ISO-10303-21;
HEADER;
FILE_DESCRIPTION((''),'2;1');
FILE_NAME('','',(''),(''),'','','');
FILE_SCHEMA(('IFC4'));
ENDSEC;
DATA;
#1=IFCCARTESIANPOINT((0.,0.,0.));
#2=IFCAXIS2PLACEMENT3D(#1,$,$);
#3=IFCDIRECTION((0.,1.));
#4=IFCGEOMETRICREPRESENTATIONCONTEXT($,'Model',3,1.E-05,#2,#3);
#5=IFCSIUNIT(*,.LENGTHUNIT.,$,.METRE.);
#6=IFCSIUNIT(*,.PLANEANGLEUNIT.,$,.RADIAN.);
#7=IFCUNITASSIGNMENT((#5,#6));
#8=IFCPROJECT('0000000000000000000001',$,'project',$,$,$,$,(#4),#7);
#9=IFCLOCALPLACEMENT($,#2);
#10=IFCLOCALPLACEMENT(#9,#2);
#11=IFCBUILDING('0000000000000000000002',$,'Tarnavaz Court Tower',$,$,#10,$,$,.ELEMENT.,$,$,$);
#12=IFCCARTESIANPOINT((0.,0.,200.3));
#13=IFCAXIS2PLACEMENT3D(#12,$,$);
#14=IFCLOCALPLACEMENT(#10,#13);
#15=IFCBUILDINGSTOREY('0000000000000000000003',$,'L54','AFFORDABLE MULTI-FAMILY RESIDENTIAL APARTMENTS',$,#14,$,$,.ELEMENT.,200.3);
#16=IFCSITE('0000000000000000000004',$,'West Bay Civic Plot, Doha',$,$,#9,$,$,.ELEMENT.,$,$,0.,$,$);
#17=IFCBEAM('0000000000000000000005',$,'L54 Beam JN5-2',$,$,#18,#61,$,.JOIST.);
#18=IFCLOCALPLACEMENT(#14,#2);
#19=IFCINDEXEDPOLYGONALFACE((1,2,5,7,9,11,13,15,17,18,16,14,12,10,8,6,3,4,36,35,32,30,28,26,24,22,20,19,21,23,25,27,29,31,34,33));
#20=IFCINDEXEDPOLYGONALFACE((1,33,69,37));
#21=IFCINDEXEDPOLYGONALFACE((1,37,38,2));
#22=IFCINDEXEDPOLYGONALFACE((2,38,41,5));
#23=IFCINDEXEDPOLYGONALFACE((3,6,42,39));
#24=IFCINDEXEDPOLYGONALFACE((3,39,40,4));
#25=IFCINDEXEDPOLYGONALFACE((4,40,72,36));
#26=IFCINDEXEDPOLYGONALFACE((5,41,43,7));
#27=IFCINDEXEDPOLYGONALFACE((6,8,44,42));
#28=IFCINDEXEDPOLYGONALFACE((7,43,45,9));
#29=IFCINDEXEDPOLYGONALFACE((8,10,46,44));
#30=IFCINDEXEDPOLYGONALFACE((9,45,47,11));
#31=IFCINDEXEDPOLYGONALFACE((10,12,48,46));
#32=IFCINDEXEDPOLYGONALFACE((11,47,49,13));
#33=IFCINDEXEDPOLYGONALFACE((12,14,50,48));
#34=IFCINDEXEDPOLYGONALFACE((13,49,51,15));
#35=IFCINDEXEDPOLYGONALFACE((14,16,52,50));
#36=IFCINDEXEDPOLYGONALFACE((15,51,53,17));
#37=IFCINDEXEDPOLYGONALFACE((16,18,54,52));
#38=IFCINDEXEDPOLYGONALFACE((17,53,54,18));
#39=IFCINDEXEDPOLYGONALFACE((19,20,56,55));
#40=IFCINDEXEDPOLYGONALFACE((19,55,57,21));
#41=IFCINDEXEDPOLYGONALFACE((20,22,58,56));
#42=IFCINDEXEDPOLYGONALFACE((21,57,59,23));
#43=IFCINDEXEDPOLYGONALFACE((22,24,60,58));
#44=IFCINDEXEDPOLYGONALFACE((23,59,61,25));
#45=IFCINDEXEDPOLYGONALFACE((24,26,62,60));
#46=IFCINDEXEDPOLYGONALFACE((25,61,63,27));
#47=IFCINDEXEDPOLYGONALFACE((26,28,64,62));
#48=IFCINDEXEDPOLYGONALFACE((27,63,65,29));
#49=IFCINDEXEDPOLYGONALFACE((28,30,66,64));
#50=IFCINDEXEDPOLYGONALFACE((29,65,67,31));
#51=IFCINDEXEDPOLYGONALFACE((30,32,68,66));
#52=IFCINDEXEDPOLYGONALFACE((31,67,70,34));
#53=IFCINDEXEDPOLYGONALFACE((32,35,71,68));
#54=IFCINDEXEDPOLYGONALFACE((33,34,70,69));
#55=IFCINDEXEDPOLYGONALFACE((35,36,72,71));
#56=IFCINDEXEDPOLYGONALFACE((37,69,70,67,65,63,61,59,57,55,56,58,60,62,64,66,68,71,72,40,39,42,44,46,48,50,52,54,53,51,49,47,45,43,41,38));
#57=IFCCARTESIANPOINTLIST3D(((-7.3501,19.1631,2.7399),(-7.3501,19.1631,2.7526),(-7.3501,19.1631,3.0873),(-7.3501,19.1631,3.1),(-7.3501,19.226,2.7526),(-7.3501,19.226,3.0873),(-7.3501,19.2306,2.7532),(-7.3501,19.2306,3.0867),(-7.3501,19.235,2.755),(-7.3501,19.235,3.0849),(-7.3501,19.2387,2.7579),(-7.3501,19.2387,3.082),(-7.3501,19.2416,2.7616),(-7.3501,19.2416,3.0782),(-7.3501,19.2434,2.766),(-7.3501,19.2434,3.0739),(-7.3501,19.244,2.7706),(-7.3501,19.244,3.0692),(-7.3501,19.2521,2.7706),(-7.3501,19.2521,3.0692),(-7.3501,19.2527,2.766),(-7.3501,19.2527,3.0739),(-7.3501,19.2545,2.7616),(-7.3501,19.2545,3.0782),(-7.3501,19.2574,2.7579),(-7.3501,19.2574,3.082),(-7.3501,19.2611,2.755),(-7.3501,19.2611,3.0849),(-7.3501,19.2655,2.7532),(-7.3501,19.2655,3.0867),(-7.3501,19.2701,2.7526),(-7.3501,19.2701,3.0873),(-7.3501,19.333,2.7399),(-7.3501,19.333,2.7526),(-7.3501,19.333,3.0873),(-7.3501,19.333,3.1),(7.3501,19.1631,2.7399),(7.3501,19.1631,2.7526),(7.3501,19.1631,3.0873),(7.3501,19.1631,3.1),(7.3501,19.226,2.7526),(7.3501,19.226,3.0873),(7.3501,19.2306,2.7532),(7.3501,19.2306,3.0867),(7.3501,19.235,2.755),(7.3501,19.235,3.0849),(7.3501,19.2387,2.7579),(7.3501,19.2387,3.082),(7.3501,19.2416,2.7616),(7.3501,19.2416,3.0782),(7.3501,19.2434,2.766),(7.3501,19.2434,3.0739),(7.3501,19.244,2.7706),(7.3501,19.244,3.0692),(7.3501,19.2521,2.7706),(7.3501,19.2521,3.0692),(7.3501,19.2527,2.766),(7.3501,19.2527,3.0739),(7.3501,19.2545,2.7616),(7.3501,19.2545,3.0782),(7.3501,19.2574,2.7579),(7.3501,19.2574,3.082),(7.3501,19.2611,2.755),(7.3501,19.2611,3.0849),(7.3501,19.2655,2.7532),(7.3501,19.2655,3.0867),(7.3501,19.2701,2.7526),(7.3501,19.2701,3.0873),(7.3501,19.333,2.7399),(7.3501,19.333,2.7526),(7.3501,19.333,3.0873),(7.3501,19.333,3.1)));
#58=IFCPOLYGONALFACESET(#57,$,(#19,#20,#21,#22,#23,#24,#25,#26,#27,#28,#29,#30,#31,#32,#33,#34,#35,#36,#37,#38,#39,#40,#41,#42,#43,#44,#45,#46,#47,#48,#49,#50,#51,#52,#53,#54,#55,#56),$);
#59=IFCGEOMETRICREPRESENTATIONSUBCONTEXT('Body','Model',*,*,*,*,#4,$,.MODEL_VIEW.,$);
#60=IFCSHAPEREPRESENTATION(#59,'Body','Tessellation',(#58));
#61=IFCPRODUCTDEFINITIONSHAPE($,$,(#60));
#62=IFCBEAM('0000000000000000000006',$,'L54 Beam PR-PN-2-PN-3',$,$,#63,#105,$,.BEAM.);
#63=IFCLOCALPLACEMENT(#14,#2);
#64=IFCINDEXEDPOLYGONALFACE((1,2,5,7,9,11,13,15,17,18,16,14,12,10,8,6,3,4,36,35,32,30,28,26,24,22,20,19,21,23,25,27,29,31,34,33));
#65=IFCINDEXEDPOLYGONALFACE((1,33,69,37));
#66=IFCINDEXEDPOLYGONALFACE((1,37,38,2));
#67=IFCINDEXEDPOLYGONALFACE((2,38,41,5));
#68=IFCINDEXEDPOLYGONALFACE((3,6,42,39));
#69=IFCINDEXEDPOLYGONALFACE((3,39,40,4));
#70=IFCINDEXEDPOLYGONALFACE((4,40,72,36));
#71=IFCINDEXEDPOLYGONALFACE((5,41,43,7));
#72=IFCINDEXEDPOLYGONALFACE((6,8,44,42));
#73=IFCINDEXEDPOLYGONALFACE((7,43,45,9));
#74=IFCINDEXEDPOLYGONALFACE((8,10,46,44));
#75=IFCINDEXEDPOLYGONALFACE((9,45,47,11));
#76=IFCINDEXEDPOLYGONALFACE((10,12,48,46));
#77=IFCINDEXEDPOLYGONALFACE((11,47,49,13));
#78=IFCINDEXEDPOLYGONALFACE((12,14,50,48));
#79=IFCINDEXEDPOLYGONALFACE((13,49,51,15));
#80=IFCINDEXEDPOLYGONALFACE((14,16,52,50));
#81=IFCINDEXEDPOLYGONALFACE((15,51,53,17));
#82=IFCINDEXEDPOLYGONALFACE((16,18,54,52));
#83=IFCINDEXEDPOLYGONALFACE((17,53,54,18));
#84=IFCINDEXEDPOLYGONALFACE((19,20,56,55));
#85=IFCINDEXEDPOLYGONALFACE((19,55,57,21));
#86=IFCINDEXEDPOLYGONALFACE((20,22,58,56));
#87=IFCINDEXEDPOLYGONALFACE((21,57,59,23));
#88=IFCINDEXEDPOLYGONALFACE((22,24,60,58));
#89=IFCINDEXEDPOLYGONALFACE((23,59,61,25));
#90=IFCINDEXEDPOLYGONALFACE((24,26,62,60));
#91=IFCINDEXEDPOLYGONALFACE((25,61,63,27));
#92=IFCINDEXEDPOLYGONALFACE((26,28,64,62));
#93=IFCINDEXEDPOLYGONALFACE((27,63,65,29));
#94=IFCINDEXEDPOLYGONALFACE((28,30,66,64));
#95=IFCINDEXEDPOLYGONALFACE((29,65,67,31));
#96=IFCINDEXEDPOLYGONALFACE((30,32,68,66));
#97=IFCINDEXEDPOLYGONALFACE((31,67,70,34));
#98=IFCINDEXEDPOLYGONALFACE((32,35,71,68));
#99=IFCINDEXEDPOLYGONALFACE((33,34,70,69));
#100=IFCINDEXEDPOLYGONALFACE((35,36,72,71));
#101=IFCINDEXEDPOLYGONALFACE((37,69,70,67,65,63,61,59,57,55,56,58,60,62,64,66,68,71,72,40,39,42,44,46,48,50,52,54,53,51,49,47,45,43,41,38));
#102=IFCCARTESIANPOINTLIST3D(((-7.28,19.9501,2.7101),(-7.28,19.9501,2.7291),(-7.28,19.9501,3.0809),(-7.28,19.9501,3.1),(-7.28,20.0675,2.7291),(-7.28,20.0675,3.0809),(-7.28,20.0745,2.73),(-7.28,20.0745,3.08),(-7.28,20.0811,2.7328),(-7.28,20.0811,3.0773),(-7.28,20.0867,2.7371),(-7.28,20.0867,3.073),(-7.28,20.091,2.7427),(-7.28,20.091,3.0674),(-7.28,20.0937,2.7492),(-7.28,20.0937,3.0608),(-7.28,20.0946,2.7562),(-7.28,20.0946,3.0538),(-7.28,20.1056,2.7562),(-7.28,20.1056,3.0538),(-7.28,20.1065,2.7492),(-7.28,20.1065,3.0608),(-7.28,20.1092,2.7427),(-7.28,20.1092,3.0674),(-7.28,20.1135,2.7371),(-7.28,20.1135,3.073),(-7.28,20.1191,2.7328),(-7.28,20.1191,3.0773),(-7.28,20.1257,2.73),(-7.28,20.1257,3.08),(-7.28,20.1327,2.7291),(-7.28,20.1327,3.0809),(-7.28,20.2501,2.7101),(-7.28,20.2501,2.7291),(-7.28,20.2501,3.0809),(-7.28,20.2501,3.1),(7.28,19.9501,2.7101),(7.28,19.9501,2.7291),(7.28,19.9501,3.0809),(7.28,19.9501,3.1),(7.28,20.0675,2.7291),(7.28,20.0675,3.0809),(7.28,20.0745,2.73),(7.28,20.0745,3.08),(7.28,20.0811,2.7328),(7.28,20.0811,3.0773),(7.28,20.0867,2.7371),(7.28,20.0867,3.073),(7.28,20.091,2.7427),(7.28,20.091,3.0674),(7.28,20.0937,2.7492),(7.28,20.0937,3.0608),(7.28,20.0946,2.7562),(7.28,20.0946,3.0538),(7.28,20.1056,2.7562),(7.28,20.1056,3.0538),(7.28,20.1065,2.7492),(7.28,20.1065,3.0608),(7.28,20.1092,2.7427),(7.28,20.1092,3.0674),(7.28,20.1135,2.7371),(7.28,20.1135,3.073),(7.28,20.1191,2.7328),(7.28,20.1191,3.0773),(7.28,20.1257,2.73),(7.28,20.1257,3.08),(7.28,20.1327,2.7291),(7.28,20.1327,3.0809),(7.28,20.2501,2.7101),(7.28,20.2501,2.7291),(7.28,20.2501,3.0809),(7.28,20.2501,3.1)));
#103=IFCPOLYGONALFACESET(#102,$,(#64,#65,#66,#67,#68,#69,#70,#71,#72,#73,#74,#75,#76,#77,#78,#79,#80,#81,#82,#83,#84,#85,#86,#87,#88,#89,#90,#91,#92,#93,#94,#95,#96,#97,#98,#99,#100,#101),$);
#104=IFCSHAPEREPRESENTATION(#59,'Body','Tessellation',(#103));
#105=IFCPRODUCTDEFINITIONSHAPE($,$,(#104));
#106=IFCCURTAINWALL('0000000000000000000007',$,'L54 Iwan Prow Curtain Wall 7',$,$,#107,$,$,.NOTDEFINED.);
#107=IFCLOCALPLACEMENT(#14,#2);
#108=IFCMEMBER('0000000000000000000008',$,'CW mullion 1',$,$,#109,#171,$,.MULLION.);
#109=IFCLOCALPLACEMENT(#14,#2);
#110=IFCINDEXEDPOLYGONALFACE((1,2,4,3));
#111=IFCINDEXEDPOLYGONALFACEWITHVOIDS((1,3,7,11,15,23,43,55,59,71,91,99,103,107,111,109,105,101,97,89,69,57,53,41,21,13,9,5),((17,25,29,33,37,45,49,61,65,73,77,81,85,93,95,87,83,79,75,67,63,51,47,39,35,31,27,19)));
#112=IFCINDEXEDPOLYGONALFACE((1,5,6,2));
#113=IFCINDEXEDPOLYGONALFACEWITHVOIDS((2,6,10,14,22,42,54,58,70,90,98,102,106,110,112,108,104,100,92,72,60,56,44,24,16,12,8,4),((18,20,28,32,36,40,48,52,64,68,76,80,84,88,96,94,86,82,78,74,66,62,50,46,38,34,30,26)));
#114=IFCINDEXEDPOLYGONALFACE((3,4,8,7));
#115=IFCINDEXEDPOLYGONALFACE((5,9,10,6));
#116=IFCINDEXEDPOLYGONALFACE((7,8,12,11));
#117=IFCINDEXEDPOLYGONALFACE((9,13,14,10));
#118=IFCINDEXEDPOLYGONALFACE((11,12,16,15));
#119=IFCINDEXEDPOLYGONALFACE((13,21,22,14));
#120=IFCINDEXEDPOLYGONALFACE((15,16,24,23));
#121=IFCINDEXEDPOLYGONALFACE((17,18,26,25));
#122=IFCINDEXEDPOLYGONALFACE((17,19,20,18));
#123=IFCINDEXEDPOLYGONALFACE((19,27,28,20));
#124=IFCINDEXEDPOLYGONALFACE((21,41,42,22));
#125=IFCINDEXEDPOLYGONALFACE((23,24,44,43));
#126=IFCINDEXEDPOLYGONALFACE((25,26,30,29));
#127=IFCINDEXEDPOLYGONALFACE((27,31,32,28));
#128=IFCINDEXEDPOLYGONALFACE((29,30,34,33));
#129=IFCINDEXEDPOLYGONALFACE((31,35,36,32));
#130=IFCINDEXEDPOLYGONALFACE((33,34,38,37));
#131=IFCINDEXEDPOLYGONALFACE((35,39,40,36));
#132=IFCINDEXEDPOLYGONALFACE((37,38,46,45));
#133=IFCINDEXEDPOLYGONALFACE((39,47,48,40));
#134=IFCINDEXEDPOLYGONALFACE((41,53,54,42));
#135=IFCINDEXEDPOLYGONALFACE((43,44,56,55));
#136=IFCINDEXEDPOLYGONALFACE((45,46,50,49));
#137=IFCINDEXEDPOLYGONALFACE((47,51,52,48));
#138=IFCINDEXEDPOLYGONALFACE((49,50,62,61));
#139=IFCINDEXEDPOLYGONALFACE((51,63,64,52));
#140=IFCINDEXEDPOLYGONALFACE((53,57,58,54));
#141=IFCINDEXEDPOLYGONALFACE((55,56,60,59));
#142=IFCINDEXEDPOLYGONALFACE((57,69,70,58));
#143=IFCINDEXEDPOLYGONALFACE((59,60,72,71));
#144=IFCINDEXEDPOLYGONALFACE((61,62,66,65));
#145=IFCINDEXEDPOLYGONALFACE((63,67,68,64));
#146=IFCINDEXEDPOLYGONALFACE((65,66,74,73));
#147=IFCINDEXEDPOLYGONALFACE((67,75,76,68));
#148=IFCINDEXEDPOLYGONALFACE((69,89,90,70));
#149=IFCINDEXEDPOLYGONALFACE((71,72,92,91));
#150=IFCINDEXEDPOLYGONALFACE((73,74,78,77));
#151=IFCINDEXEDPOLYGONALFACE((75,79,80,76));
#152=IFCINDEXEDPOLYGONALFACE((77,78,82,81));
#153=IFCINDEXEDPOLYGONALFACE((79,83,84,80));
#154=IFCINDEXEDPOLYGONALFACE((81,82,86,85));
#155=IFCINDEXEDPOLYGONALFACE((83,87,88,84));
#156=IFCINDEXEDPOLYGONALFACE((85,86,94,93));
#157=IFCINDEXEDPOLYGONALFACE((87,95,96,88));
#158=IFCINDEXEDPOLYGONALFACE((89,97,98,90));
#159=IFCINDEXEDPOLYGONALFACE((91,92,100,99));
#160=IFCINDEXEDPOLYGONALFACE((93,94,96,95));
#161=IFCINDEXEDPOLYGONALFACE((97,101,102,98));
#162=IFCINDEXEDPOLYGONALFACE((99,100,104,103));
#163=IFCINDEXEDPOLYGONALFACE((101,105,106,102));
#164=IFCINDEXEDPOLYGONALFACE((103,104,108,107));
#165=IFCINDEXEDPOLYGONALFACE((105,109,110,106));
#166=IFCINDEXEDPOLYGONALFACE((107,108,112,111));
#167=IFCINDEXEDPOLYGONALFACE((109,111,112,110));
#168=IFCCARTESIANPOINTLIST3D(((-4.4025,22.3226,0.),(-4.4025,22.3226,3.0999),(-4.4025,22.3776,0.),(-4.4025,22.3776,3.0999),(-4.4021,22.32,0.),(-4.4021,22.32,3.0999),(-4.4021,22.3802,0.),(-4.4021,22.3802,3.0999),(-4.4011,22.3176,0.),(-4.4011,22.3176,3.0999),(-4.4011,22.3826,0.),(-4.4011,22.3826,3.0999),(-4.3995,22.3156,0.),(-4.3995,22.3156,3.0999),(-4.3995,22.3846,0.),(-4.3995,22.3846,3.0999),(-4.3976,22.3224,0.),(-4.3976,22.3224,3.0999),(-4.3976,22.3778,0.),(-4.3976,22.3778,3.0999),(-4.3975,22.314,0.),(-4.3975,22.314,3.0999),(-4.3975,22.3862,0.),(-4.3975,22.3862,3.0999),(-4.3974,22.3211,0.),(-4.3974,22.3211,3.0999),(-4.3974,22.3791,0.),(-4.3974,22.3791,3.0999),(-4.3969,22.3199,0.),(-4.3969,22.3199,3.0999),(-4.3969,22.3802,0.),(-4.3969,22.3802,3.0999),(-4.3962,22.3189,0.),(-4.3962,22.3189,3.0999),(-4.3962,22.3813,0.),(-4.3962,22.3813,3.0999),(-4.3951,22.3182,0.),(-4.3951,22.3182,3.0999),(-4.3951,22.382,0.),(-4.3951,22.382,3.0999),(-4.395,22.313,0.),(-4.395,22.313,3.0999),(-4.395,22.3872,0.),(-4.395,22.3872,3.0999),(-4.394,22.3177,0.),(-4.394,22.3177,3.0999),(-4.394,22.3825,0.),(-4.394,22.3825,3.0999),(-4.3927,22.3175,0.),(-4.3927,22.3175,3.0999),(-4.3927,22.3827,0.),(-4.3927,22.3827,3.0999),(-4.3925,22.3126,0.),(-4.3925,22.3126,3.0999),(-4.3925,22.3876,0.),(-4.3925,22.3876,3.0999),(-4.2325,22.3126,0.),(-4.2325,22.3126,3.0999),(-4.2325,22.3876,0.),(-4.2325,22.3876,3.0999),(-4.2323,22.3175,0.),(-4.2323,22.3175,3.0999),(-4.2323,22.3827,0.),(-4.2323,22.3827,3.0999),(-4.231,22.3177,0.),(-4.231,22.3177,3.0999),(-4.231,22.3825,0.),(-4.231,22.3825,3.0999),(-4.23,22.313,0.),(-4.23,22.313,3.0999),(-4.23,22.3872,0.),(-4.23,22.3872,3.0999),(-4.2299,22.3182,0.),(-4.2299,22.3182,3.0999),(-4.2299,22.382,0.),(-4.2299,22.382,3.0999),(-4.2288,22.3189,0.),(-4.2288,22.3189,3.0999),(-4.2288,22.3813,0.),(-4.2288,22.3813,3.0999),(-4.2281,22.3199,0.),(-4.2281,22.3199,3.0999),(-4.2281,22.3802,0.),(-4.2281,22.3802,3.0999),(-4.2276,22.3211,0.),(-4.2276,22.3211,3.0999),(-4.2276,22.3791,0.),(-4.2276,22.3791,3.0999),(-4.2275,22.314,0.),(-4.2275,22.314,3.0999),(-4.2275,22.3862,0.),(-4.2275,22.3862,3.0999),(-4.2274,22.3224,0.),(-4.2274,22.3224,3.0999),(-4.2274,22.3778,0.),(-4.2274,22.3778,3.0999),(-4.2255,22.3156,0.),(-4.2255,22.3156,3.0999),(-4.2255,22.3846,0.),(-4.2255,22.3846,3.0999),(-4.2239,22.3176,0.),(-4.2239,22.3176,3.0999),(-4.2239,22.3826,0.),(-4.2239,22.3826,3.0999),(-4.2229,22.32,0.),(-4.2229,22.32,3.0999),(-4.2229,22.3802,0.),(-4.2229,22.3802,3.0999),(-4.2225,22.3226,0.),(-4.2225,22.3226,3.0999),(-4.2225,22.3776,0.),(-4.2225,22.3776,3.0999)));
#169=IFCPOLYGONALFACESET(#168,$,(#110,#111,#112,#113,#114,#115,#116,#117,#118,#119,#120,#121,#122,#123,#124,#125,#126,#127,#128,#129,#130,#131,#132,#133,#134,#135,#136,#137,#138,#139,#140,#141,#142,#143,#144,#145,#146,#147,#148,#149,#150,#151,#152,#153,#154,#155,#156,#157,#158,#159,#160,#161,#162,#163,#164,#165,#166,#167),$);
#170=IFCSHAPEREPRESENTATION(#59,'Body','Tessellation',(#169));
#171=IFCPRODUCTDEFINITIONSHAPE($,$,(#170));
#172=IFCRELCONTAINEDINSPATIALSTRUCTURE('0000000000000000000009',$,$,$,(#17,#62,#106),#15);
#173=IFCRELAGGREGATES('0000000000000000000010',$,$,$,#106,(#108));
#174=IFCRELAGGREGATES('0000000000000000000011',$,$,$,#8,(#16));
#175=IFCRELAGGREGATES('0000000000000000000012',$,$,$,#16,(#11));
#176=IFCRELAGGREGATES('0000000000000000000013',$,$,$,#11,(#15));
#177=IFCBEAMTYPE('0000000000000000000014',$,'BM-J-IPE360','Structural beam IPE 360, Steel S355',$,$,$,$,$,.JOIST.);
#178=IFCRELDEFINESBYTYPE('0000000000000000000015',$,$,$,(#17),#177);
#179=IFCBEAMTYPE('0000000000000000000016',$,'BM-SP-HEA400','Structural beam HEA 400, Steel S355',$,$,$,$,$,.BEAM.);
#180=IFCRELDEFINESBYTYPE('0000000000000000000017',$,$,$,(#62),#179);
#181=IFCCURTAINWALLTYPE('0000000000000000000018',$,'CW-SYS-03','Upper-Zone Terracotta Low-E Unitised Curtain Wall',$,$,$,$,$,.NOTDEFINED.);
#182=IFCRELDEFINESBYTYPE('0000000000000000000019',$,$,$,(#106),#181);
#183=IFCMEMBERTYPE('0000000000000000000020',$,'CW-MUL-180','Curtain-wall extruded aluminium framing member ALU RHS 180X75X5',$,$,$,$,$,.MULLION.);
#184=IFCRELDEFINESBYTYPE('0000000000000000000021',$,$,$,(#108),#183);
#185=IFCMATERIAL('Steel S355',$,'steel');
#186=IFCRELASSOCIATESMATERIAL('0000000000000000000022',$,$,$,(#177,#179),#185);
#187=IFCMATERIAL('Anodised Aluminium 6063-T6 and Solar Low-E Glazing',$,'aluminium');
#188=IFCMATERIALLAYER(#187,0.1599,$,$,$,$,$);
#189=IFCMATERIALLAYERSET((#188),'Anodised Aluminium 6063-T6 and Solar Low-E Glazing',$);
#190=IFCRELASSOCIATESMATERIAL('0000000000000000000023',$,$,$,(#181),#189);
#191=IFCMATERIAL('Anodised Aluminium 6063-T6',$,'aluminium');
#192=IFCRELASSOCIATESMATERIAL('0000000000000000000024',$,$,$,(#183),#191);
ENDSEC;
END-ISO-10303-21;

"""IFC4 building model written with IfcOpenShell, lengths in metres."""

from ifc_helpers import new_model, si_unit, direction, frame, origin, origin_2d, place, context, subcontext, project, spatial, hollow_rectangle, i_section, extrude, material, layer, layer_set, material_profile, profile_set, type_object, element, aggregate, save


model = new_model("IFC4")

# Units and contexts
model_context = context("Model", 3, precision=1e-05, world=origin(), true_north=direction((0.0, 1.0)))
body_context = subcontext(model_context, "Body", "Model", "MODEL_VIEW")
ifc_project = project(units=[si_unit("LENGTHUNIT", "METRE"), si_unit("PLANEANGLEUNIT", "RADIAN")], contexts=[model_context])

# Site, building, storey
site_placement = place(None, origin())
site = spatial("IfcSite", under=ifc_project, at=site_placement, Name="West Bay Civic Plot, Doha", CompositionType="ELEMENT", RefElevation=0.0)
building_placement = place(site_placement, origin())
building = spatial("IfcBuilding", under=site, at=building_placement, Name="Tarnavaz Court Tower", CompositionType="ELEMENT")
storey_placement = place(building_placement, frame((0.0, 0.0, 200.3)))
storey = spatial("IfcBuildingStorey", under=building, at=storey_placement, Name="L54", Description="AFFORDABLE MULTI-FAMILY RESIDENTIAL APARTMENTS", CompositionType="ELEMENT", Elevation=200.3)

# Beams
ifc_material_1 = material(Name="Steel S355", Category="steel")
ifc_material_profile_1 = material_profile(ifc_material_1, i_section(OverallWidth=0.1699, OverallDepth=0.3601, WebThickness=0.0081, FlangeThickness=0.0127, FilletRadius=0.0181, at=origin_2d()), Name="IPE 360")
ifc_profile_set_1 = profile_set([ifc_material_profile_1], Name="Steel S355")
beam_type_1 = type_object("IfcBeamType", Name="BM-J-IPE360", Description="Structural beam IPE 360, Steel S355", PredefinedType="JOIST", material=ifc_profile_set_1)
for number, where, z_axis, x_axis, name in (
    (1, (-7.3501, 19.248, 2.9199), (1.0, 0.0, 0.0), (0.0, 1.0, 0.0), "L54 Beam JN5-2"),
):
    element("IfcBeam", number, at=place(storey_placement, frame(where, z_axis=z_axis, x_axis=x_axis)), inside=storey, type_object=beam_type_1, Name=name, PredefinedType="JOIST", context=body_context, shape_type="SweptSolid", body=[
        extrude(i_section(OverallWidth=0.1699, OverallDepth=0.3601, WebThickness=0.0081, FlangeThickness=0.0127, FilletRadius=0.0181, at=origin_2d()), origin(), (0.0, 0.0, 1.0), 14.7002),
    ])
ifc_material_profile_2 = material_profile(ifc_material_1, i_section(OverallWidth=0.3, OverallDepth=0.3899, WebThickness=0.011, FlangeThickness=0.019, FilletRadius=0.0271, at=origin_2d()), Name="HEA 400")
ifc_profile_set_2 = profile_set([ifc_material_profile_2], Name="Steel S355")
beam_type_2 = type_object("IfcBeamType", Name="BM-SP-HEA400", Description="Structural beam HEA 400, Steel S355", PredefinedType="BEAM", material=ifc_profile_set_2)
beam_placement = place(storey_placement, frame((-7.28, 20.1001, 2.905), z_axis=(1.0, 0.0, 0.0), x_axis=(0.0, 1.0, 0.0)))
element("IfcBeam", 2, at=beam_placement, inside=storey, type_object=beam_type_2, Name="L54 Beam PR-PN-2-PN-3", PredefinedType="BEAM", context=body_context, shape_type="SweptSolid", body=[
    extrude(i_section(OverallWidth=0.3, OverallDepth=0.3899, WebThickness=0.011, FlangeThickness=0.019, FilletRadius=0.0271, at=origin_2d()), origin(), (0.0, 0.0, 1.0), 14.5601),
])

# Curtain wall, member
ifc_material_2 = material(Name="Anodised Aluminium 6063-T6 and Solar Low-E Glazing", Category="aluminium")
ifc_layer_1 = layer(ifc_material_2, 0.1599)
ifc_layer_set_1 = layer_set([ifc_layer_1], Name="Anodised Aluminium 6063-T6 and Solar Low-E Glazing")
curtain_wall_type = type_object("IfcCurtainWallType", Name="CW-SYS-03", Description="Upper-Zone Terracotta Low-E Unitised Curtain Wall", PredefinedType="NOTDEFINED", material=ifc_layer_set_1)
curtain_wall_placement = place(storey_placement, origin())
curtain_wall = element("IfcCurtainWall", 3, at=curtain_wall_placement, inside=storey, type_object=curtain_wall_type, Name="L54 Iwan Prow Curtain Wall 7", PredefinedType="NOTDEFINED")
ifc_material_3 = material(Name="Anodised Aluminium 6063-T6", Category="aluminium")
ifc_material_profile_3 = material_profile(ifc_material_3, hollow_rectangle(XDim=0.075, YDim=0.1799, WallThickness=0.0049, InnerFilletRadius=0.0049, OuterFilletRadius=0.01, at=origin_2d()), Name="ALU RHS 180X75X5")
ifc_profile_set_3 = profile_set([ifc_material_profile_3], Name="Anodised Aluminium 6063-T6")
member_type_1 = type_object("IfcMemberType", Name="CW-MUL-180", Description="Curtain-wall extruded aluminium framing member ALU RHS 180X75X5", PredefinedType="MULLION", material=ifc_profile_set_3)
member_1_placement = place(storey_placement, frame((-4.3125, 22.3501, 0.0), z_axis=(0.0, 0.0, 1.0), x_axis=(0.0, 1.0, 0.0)))
member_1 = element("IfcMember", 4, at=member_1_placement, type_object=member_type_1, Name="CW mullion 1", PredefinedType="MULLION", context=body_context, shape_type="SweptSolid", body=[
    extrude(hollow_rectangle(XDim=0.075, YDim=0.1799, WallThickness=0.0049, InnerFilletRadius=0.0049, OuterFilletRadius=0.01, at=origin_2d()), origin(), (0.0, 0.0, 1.0), 3.0999),
])
aggregate(curtain_wall, [member_1])

save(model, "model.ifc")
